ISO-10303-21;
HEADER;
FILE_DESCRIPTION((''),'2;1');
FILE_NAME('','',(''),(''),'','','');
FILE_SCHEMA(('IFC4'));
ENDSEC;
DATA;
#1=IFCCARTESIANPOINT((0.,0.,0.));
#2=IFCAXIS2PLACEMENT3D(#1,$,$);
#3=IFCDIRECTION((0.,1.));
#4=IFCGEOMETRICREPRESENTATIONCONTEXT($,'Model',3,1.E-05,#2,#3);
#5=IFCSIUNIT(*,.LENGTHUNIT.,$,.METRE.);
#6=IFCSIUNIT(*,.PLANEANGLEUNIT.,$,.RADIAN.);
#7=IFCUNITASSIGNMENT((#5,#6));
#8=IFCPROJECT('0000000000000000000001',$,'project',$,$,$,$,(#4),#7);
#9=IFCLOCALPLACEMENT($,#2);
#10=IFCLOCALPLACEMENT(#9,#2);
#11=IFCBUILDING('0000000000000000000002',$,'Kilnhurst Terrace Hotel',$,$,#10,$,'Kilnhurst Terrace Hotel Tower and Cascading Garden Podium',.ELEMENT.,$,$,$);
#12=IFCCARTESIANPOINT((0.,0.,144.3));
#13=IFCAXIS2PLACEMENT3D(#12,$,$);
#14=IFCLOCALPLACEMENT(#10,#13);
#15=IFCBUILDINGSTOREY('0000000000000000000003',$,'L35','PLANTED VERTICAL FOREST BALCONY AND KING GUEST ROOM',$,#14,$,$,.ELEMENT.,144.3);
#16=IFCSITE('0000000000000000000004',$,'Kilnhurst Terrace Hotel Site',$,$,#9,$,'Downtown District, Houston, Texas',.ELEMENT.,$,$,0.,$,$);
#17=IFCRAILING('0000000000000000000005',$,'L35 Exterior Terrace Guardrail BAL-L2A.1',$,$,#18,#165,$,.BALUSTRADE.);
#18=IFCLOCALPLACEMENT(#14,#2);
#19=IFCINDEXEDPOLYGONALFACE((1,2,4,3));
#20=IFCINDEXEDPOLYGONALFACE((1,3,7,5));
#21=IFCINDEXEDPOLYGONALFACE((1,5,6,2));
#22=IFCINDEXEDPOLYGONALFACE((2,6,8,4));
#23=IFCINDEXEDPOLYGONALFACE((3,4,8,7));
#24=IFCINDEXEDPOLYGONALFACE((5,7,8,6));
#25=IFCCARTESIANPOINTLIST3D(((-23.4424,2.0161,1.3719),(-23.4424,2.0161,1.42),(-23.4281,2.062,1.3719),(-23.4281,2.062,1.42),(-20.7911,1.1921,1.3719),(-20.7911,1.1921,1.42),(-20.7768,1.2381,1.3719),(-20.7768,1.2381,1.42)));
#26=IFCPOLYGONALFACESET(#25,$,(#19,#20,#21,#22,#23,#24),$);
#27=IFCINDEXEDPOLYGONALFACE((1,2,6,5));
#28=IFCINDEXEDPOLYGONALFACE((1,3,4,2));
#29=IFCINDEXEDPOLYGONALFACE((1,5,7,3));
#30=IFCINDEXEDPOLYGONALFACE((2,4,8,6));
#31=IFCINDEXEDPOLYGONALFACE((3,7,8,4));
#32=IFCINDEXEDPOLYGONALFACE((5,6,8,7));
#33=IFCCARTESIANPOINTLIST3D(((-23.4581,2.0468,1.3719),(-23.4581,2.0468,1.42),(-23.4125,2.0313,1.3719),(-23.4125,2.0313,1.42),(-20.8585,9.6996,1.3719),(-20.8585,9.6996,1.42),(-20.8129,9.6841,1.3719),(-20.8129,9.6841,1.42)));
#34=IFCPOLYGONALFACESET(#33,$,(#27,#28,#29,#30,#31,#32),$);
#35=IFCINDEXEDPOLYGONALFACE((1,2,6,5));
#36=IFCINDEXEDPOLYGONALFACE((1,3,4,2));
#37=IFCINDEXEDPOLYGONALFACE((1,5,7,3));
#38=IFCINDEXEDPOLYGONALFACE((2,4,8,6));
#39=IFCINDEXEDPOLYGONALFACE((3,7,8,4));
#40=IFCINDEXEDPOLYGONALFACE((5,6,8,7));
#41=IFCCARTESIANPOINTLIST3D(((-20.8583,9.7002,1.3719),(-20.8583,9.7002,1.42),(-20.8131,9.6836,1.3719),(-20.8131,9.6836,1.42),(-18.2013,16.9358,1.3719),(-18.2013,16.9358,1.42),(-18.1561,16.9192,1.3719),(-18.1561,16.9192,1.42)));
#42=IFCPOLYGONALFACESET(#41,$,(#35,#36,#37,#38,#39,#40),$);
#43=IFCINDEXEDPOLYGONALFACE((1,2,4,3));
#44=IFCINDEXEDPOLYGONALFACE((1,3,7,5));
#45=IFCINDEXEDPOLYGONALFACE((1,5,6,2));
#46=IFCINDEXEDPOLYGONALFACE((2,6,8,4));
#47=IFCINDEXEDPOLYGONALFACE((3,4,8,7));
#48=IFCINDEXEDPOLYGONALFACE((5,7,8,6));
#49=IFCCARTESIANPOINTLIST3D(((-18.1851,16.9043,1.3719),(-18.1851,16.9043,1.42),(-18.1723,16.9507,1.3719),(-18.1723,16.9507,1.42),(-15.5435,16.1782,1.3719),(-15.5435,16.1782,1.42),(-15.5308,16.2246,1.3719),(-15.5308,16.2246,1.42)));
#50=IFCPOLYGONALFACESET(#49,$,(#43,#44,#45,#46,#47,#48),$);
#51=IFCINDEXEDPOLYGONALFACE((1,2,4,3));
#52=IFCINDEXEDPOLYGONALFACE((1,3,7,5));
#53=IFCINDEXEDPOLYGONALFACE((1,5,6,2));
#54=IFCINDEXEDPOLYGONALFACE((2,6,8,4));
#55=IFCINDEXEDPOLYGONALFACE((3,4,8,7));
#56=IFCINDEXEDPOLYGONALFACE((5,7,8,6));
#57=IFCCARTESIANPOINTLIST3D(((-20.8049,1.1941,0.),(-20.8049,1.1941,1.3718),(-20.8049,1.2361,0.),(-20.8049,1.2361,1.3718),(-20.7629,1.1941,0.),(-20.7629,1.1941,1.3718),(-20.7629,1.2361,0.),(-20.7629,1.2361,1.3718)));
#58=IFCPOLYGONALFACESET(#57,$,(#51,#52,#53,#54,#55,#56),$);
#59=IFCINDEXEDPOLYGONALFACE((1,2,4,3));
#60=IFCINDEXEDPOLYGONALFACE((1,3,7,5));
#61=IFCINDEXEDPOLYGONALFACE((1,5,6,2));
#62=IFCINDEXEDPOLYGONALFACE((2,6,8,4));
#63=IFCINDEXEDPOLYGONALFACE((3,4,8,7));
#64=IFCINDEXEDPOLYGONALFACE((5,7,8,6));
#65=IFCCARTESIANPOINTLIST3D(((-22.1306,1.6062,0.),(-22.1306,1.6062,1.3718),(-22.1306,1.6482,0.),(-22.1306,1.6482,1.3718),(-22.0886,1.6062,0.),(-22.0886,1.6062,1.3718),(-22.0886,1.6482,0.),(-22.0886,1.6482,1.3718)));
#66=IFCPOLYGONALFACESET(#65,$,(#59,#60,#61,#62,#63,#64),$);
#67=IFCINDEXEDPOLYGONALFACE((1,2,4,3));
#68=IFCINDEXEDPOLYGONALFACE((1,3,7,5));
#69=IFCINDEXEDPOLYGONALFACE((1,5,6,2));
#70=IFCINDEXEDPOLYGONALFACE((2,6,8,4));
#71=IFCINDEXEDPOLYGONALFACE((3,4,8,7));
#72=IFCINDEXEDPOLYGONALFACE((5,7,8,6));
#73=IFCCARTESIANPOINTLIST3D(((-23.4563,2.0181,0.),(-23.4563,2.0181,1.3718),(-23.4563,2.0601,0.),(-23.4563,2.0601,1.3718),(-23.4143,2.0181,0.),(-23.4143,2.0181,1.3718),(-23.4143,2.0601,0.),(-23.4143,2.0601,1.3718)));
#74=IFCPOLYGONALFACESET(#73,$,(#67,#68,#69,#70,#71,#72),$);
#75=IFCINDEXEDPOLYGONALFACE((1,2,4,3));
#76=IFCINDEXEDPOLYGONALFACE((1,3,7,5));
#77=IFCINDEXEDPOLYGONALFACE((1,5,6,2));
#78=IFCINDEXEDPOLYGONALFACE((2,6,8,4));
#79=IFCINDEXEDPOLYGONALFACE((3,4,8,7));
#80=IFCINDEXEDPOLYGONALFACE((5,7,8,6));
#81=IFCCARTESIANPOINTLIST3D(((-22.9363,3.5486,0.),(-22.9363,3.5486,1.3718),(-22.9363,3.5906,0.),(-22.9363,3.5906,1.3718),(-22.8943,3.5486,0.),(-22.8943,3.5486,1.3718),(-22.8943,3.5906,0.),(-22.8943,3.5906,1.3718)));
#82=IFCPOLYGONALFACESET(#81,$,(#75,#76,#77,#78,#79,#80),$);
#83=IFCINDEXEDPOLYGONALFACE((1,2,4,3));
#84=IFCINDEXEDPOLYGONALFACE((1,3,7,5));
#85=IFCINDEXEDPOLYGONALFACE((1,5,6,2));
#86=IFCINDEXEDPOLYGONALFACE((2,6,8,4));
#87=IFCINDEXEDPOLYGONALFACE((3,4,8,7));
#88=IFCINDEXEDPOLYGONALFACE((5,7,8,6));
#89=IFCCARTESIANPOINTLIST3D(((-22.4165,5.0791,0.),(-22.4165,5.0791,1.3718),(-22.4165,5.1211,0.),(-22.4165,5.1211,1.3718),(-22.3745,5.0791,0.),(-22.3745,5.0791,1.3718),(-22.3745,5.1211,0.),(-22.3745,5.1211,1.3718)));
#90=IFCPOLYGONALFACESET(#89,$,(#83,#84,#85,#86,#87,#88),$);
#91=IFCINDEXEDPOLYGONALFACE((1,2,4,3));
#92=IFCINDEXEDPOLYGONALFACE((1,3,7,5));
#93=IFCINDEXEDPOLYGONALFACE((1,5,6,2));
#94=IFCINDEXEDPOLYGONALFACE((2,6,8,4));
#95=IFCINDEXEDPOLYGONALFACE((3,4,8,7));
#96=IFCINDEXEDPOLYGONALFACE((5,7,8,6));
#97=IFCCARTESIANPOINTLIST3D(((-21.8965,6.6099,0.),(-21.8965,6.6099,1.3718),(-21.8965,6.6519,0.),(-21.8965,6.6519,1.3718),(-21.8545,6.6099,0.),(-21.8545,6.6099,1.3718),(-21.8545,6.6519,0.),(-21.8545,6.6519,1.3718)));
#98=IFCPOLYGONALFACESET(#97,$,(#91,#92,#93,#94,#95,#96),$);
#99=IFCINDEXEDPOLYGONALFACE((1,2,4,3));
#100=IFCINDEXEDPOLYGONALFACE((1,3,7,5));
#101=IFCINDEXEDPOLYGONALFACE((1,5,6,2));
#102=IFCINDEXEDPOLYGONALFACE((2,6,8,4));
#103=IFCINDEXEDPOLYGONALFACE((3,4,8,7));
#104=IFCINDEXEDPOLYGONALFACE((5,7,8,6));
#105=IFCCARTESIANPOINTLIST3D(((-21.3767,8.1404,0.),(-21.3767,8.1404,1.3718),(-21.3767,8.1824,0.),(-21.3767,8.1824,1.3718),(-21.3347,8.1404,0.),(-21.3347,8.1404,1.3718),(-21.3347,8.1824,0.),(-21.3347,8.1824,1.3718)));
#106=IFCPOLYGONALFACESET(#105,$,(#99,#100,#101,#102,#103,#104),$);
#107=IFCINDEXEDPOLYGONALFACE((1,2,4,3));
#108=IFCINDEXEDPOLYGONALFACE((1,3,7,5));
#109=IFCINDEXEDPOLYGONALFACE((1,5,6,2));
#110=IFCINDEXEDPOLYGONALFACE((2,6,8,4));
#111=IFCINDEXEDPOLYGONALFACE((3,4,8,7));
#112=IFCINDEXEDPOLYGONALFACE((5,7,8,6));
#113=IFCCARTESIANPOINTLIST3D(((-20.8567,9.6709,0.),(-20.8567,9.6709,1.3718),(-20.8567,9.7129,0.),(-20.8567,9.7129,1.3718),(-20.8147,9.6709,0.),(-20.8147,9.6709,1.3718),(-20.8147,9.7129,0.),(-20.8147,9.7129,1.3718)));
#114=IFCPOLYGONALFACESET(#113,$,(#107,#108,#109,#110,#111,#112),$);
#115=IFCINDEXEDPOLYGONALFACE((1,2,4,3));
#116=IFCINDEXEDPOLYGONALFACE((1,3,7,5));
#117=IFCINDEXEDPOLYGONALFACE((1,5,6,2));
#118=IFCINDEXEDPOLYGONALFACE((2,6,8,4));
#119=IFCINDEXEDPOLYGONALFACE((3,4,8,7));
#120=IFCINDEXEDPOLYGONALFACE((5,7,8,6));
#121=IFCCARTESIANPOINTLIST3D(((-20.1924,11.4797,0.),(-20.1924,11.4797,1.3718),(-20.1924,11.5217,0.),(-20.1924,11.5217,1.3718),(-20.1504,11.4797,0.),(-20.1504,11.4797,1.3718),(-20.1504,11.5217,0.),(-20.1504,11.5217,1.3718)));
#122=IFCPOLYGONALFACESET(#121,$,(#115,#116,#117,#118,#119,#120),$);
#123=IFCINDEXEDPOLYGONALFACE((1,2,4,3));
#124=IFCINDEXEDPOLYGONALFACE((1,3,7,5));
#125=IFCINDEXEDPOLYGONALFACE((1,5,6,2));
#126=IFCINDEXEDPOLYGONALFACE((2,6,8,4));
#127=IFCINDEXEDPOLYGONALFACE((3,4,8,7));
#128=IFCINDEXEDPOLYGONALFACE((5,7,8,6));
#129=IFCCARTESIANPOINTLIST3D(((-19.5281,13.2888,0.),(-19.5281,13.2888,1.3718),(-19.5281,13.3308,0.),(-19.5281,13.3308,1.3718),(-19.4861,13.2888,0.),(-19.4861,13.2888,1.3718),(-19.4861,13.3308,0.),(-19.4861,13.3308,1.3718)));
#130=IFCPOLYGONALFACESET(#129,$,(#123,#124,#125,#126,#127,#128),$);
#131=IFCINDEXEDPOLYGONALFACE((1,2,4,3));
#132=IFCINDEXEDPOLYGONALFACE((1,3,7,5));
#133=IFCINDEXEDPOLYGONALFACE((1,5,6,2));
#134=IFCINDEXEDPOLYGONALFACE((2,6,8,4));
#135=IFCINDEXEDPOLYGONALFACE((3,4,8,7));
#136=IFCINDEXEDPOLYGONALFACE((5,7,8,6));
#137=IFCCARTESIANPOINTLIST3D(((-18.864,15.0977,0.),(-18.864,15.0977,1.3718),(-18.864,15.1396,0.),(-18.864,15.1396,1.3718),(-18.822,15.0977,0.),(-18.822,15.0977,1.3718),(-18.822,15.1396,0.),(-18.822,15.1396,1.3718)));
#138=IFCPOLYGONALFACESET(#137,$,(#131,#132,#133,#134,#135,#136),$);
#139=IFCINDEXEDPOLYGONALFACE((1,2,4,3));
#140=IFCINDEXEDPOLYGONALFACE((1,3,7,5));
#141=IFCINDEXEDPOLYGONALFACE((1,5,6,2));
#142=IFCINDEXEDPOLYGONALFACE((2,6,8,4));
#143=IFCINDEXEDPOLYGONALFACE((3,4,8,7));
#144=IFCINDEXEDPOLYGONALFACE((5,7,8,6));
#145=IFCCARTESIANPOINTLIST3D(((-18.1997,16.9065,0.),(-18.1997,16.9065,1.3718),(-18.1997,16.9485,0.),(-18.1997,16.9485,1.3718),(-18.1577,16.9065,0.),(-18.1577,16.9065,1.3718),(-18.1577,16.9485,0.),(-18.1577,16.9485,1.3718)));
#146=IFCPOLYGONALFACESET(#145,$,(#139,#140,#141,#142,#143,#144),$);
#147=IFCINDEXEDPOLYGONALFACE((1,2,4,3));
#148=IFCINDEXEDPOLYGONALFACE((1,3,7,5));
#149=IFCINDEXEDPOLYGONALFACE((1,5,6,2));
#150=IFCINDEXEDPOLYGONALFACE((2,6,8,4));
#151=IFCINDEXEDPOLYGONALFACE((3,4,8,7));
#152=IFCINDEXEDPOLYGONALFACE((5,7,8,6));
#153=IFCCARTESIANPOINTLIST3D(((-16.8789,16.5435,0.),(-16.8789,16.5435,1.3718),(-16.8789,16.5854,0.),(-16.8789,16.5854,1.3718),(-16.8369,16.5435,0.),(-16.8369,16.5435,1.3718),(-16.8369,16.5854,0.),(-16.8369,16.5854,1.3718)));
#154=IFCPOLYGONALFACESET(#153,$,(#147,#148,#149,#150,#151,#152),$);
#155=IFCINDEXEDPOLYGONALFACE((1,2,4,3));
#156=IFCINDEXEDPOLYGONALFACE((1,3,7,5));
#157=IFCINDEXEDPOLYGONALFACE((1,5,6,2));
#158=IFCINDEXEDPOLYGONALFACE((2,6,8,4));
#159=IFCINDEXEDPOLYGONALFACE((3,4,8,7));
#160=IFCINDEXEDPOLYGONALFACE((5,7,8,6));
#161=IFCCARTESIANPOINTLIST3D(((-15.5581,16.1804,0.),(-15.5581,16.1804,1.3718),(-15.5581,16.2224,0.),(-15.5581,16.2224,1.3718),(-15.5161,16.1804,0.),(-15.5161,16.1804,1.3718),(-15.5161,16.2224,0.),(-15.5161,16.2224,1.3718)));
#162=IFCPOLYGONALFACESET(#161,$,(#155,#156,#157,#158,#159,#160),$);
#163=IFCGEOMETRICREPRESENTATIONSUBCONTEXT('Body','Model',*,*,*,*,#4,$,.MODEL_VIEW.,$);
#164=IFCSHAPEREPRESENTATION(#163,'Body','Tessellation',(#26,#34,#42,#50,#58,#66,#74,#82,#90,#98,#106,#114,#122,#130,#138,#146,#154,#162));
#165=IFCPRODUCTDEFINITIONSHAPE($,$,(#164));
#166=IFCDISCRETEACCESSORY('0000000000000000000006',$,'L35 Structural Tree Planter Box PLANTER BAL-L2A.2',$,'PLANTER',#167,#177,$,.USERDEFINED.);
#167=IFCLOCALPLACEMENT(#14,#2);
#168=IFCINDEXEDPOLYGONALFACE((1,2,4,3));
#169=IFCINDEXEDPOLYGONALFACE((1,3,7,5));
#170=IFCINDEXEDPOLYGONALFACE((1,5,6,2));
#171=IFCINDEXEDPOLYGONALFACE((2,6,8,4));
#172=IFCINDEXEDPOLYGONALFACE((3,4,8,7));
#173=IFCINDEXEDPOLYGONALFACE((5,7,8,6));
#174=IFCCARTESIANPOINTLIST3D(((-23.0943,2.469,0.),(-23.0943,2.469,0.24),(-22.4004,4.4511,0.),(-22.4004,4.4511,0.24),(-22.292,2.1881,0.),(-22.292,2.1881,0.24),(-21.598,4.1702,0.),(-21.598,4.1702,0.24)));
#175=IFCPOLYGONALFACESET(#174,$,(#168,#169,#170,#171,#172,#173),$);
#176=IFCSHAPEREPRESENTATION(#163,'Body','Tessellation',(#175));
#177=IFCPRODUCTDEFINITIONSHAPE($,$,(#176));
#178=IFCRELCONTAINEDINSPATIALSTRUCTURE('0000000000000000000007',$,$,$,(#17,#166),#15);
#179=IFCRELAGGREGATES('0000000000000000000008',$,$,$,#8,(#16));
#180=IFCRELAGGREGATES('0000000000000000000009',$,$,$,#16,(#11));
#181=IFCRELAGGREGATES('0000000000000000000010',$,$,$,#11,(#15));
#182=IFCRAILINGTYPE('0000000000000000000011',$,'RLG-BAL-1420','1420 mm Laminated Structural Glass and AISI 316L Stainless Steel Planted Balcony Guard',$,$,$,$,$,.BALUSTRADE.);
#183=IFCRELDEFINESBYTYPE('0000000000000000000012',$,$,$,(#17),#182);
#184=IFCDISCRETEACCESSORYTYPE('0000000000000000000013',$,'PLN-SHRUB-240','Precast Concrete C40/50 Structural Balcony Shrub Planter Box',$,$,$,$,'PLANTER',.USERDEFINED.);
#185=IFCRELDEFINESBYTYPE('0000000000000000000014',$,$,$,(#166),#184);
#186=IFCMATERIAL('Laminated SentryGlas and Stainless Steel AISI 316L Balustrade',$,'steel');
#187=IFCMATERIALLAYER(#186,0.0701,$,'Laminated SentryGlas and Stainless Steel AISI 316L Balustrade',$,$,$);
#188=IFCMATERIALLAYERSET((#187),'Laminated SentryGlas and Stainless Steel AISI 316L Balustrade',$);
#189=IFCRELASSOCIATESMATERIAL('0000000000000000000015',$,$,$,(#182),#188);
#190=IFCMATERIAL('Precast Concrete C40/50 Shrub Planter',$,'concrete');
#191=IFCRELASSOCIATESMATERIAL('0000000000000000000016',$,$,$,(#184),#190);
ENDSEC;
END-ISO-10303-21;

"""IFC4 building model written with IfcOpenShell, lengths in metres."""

from ifc_helpers import new_model, si_unit, direction, frame, origin, origin_2d, place, context, subcontext, project, spatial, rectangle, extrude, material, layer, layer_set, type_object, element, save


model = new_model("IFC4")

# Units and contexts
model_context = context("Model", 3, precision=1e-05, world=origin(), true_north=direction((0.0, 1.0)))
body_context = subcontext(model_context, "Body", "Model", "MODEL_VIEW")
ifc_project = project(units=[si_unit("LENGTHUNIT", "METRE"), si_unit("PLANEANGLEUNIT", "RADIAN")], contexts=[model_context])

# Site, building, storey
site_placement = place(None, origin())
site = spatial("IfcSite", under=ifc_project, at=site_placement, Name="Kilnhurst Terrace Hotel Site", LongName="Downtown District, Houston, Texas", CompositionType="ELEMENT", RefElevation=0.0)
building_placement = place(site_placement, origin())
building = spatial("IfcBuilding", under=site, at=building_placement, Name="Kilnhurst Terrace Hotel", LongName="Kilnhurst Terrace Hotel Tower and Cascading Garden Podium", CompositionType="ELEMENT")
storey_placement = place(building_placement, frame((0.0, 0.0, 144.3)))
storey = spatial("IfcBuildingStorey", under=building, at=storey_placement, Name="L35", Description="PLANTED VERTICAL FOREST BALCONY AND KING GUEST ROOM", CompositionType="ELEMENT", Elevation=144.3)

# Railing
ifc_material_1 = material(Name="Laminated SentryGlas and Stainless Steel AISI 316L Balustrade", Category="steel")
ifc_layer_1 = layer(ifc_material_1, 0.0701, Name="Laminated SentryGlas and Stainless Steel AISI 316L Balustrade")
ifc_layer_set_1 = layer_set([ifc_layer_1], Name="Laminated SentryGlas and Stainless Steel AISI 316L Balustrade")
railing_type = type_object("IfcRailingType", Name="RLG-BAL-1420", Description="1420 mm Laminated Structural Glass and AISI 316L Stainless Steel Planted Balcony Guard", PredefinedType="BALUSTRADE", material=ifc_layer_set_1)
railing_placement = place(storey_placement, frame((-20.7839, 1.2151, 0.0)))
element("IfcRailing", 1, at=railing_placement, inside=storey, type_object=railing_type, Name="L35 Exterior Terrace Guardrail BAL-L2A.1", PredefinedType="BALUSTRADE", context=body_context, shape_type="SweptSolid", body=[
    extrude(rectangle(XDim=0.0481, YDim=0.0481, at=origin_2d()), frame((0.0, 0.0, 1.396), z_axis=(-0.954948, 0.296773, 0.0), x_axis=(-0.296773, -0.954948, 0.0)), (0.0, 0.0, 1.0), 2.7764),
    extrude(rectangle(XDim=0.0481, YDim=0.0481, at=origin_2d()), frame((-2.6514, 0.824, 1.396), z_axis=(0.321642, 0.946861, 0.0), x_axis=(-0.946861, 0.321642, 0.0)), (0.0, 0.0, 1.0), 8.0823),
    extrude(rectangle(XDim=0.0481, YDim=0.0481, at=origin_2d()), frame((-0.0518, 8.4768, 1.396), z_axis=(0.344704, 0.938711, 0.0), x_axis=(-0.938711, 0.344704, 0.0)), (0.0, 0.0, 1.0), 7.708),
    extrude(rectangle(XDim=0.0481, YDim=0.0481, at=origin_2d()), frame((2.6052, 15.7124, 1.396), z_axis=(0.96424, -0.265032, 0.0), x_axis=(0.265032, 0.96424, 0.0)), (0.0, 0.0, 1.0), 2.7395),
    extrude(rectangle(XDim=0.042, YDim=0.042, at=origin_2d()), origin(), (0.0, 0.0, 1.0), 1.3718),
    extrude(rectangle(XDim=0.042, YDim=0.042, at=origin_2d()), frame((-1.3257, 0.4121, 0.0)), (0.0, 0.0, 1.0), 1.3718),
    extrude(rectangle(XDim=0.042, YDim=0.042, at=origin_2d()), frame((-2.6514, 0.824, 0.0)), (0.0, 0.0, 1.0), 1.3718),
    extrude(rectangle(XDim=0.042, YDim=0.042, at=origin_2d()), frame((-2.1313, 2.3545, 0.0)), (0.0, 0.0, 1.0), 1.3718),
    extrude(rectangle(XDim=0.042, YDim=0.042, at=origin_2d()), frame((-1.6116, 3.885, 0.0)), (0.0, 0.0, 1.0), 1.3718),
    extrude(rectangle(XDim=0.042, YDim=0.042, at=origin_2d()), frame((-1.0916, 5.4158, 0.0)), (0.0, 0.0, 1.0), 1.3718),
    extrude(rectangle(XDim=0.042, YDim=0.042, at=origin_2d()), frame((-0.5718, 6.9463, 0.0)), (0.0, 0.0, 1.0), 1.3718),
    extrude(rectangle(XDim=0.042, YDim=0.042, at=origin_2d()), frame((-0.0518, 8.4768, 0.0)), (0.0, 0.0, 1.0), 1.3718),
    extrude(rectangle(XDim=0.042, YDim=0.042, at=origin_2d()), frame((0.6125, 10.2856, 0.0)), (0.0, 0.0, 1.0), 1.3718),
    extrude(rectangle(XDim=0.042, YDim=0.042, at=origin_2d()), frame((1.2769, 12.0947, 0.0)), (0.0, 0.0, 1.0), 1.3718),
    extrude(rectangle(XDim=0.042, YDim=0.042, at=origin_2d()), frame((1.9409, 13.9036, 0.0)), (0.0, 0.0, 1.0), 1.3718),
    extrude(rectangle(XDim=0.042, YDim=0.042, at=origin_2d()), frame((2.6052, 15.7124, 0.0)), (0.0, 0.0, 1.0), 1.3718),
    extrude(rectangle(XDim=0.042, YDim=0.042, at=origin_2d()), frame((3.926, 15.3494, 0.0)), (0.0, 0.0, 1.0), 1.3718),
    extrude(rectangle(XDim=0.042, YDim=0.042, at=origin_2d()), frame((5.2468, 14.9863, 0.0)), (0.0, 0.0, 1.0), 1.3718),
])

# Discrete accessory
ifc_material_2 = material(Name="Precast Concrete C40/50 Shrub Planter", Category="concrete")
discrete_accessory_type = type_object("IfcDiscreteAccessoryType", Name="PLN-SHRUB-240", Description="Precast Concrete C40/50 Structural Balcony Shrub Planter Box", ElementType="PLANTER", PredefinedType="USERDEFINED", material=ifc_material_2)
discrete_accessory_placement = place(storey_placement, frame((-22.3462, 3.3196, 0.0), z_axis=(0.0, 0.0, 1.0), x_axis=(-0.330432, -0.94383, 0.0)))
element("IfcDiscreteAccessory", 2, at=discrete_accessory_placement, inside=storey, type_object=discrete_accessory_type, Name="L35 Structural Tree Planter Box PLANTER BAL-L2A.2", ObjectType="PLANTER", PredefinedType="USERDEFINED", context=body_context, shape_type="SweptSolid", body=[
    extrude(rectangle(XDim=2.1001, YDim=0.8501, at=origin_2d()), origin(), (0.0, 0.0, 1.0), 0.24),
])

save(model, "model.ifc")
